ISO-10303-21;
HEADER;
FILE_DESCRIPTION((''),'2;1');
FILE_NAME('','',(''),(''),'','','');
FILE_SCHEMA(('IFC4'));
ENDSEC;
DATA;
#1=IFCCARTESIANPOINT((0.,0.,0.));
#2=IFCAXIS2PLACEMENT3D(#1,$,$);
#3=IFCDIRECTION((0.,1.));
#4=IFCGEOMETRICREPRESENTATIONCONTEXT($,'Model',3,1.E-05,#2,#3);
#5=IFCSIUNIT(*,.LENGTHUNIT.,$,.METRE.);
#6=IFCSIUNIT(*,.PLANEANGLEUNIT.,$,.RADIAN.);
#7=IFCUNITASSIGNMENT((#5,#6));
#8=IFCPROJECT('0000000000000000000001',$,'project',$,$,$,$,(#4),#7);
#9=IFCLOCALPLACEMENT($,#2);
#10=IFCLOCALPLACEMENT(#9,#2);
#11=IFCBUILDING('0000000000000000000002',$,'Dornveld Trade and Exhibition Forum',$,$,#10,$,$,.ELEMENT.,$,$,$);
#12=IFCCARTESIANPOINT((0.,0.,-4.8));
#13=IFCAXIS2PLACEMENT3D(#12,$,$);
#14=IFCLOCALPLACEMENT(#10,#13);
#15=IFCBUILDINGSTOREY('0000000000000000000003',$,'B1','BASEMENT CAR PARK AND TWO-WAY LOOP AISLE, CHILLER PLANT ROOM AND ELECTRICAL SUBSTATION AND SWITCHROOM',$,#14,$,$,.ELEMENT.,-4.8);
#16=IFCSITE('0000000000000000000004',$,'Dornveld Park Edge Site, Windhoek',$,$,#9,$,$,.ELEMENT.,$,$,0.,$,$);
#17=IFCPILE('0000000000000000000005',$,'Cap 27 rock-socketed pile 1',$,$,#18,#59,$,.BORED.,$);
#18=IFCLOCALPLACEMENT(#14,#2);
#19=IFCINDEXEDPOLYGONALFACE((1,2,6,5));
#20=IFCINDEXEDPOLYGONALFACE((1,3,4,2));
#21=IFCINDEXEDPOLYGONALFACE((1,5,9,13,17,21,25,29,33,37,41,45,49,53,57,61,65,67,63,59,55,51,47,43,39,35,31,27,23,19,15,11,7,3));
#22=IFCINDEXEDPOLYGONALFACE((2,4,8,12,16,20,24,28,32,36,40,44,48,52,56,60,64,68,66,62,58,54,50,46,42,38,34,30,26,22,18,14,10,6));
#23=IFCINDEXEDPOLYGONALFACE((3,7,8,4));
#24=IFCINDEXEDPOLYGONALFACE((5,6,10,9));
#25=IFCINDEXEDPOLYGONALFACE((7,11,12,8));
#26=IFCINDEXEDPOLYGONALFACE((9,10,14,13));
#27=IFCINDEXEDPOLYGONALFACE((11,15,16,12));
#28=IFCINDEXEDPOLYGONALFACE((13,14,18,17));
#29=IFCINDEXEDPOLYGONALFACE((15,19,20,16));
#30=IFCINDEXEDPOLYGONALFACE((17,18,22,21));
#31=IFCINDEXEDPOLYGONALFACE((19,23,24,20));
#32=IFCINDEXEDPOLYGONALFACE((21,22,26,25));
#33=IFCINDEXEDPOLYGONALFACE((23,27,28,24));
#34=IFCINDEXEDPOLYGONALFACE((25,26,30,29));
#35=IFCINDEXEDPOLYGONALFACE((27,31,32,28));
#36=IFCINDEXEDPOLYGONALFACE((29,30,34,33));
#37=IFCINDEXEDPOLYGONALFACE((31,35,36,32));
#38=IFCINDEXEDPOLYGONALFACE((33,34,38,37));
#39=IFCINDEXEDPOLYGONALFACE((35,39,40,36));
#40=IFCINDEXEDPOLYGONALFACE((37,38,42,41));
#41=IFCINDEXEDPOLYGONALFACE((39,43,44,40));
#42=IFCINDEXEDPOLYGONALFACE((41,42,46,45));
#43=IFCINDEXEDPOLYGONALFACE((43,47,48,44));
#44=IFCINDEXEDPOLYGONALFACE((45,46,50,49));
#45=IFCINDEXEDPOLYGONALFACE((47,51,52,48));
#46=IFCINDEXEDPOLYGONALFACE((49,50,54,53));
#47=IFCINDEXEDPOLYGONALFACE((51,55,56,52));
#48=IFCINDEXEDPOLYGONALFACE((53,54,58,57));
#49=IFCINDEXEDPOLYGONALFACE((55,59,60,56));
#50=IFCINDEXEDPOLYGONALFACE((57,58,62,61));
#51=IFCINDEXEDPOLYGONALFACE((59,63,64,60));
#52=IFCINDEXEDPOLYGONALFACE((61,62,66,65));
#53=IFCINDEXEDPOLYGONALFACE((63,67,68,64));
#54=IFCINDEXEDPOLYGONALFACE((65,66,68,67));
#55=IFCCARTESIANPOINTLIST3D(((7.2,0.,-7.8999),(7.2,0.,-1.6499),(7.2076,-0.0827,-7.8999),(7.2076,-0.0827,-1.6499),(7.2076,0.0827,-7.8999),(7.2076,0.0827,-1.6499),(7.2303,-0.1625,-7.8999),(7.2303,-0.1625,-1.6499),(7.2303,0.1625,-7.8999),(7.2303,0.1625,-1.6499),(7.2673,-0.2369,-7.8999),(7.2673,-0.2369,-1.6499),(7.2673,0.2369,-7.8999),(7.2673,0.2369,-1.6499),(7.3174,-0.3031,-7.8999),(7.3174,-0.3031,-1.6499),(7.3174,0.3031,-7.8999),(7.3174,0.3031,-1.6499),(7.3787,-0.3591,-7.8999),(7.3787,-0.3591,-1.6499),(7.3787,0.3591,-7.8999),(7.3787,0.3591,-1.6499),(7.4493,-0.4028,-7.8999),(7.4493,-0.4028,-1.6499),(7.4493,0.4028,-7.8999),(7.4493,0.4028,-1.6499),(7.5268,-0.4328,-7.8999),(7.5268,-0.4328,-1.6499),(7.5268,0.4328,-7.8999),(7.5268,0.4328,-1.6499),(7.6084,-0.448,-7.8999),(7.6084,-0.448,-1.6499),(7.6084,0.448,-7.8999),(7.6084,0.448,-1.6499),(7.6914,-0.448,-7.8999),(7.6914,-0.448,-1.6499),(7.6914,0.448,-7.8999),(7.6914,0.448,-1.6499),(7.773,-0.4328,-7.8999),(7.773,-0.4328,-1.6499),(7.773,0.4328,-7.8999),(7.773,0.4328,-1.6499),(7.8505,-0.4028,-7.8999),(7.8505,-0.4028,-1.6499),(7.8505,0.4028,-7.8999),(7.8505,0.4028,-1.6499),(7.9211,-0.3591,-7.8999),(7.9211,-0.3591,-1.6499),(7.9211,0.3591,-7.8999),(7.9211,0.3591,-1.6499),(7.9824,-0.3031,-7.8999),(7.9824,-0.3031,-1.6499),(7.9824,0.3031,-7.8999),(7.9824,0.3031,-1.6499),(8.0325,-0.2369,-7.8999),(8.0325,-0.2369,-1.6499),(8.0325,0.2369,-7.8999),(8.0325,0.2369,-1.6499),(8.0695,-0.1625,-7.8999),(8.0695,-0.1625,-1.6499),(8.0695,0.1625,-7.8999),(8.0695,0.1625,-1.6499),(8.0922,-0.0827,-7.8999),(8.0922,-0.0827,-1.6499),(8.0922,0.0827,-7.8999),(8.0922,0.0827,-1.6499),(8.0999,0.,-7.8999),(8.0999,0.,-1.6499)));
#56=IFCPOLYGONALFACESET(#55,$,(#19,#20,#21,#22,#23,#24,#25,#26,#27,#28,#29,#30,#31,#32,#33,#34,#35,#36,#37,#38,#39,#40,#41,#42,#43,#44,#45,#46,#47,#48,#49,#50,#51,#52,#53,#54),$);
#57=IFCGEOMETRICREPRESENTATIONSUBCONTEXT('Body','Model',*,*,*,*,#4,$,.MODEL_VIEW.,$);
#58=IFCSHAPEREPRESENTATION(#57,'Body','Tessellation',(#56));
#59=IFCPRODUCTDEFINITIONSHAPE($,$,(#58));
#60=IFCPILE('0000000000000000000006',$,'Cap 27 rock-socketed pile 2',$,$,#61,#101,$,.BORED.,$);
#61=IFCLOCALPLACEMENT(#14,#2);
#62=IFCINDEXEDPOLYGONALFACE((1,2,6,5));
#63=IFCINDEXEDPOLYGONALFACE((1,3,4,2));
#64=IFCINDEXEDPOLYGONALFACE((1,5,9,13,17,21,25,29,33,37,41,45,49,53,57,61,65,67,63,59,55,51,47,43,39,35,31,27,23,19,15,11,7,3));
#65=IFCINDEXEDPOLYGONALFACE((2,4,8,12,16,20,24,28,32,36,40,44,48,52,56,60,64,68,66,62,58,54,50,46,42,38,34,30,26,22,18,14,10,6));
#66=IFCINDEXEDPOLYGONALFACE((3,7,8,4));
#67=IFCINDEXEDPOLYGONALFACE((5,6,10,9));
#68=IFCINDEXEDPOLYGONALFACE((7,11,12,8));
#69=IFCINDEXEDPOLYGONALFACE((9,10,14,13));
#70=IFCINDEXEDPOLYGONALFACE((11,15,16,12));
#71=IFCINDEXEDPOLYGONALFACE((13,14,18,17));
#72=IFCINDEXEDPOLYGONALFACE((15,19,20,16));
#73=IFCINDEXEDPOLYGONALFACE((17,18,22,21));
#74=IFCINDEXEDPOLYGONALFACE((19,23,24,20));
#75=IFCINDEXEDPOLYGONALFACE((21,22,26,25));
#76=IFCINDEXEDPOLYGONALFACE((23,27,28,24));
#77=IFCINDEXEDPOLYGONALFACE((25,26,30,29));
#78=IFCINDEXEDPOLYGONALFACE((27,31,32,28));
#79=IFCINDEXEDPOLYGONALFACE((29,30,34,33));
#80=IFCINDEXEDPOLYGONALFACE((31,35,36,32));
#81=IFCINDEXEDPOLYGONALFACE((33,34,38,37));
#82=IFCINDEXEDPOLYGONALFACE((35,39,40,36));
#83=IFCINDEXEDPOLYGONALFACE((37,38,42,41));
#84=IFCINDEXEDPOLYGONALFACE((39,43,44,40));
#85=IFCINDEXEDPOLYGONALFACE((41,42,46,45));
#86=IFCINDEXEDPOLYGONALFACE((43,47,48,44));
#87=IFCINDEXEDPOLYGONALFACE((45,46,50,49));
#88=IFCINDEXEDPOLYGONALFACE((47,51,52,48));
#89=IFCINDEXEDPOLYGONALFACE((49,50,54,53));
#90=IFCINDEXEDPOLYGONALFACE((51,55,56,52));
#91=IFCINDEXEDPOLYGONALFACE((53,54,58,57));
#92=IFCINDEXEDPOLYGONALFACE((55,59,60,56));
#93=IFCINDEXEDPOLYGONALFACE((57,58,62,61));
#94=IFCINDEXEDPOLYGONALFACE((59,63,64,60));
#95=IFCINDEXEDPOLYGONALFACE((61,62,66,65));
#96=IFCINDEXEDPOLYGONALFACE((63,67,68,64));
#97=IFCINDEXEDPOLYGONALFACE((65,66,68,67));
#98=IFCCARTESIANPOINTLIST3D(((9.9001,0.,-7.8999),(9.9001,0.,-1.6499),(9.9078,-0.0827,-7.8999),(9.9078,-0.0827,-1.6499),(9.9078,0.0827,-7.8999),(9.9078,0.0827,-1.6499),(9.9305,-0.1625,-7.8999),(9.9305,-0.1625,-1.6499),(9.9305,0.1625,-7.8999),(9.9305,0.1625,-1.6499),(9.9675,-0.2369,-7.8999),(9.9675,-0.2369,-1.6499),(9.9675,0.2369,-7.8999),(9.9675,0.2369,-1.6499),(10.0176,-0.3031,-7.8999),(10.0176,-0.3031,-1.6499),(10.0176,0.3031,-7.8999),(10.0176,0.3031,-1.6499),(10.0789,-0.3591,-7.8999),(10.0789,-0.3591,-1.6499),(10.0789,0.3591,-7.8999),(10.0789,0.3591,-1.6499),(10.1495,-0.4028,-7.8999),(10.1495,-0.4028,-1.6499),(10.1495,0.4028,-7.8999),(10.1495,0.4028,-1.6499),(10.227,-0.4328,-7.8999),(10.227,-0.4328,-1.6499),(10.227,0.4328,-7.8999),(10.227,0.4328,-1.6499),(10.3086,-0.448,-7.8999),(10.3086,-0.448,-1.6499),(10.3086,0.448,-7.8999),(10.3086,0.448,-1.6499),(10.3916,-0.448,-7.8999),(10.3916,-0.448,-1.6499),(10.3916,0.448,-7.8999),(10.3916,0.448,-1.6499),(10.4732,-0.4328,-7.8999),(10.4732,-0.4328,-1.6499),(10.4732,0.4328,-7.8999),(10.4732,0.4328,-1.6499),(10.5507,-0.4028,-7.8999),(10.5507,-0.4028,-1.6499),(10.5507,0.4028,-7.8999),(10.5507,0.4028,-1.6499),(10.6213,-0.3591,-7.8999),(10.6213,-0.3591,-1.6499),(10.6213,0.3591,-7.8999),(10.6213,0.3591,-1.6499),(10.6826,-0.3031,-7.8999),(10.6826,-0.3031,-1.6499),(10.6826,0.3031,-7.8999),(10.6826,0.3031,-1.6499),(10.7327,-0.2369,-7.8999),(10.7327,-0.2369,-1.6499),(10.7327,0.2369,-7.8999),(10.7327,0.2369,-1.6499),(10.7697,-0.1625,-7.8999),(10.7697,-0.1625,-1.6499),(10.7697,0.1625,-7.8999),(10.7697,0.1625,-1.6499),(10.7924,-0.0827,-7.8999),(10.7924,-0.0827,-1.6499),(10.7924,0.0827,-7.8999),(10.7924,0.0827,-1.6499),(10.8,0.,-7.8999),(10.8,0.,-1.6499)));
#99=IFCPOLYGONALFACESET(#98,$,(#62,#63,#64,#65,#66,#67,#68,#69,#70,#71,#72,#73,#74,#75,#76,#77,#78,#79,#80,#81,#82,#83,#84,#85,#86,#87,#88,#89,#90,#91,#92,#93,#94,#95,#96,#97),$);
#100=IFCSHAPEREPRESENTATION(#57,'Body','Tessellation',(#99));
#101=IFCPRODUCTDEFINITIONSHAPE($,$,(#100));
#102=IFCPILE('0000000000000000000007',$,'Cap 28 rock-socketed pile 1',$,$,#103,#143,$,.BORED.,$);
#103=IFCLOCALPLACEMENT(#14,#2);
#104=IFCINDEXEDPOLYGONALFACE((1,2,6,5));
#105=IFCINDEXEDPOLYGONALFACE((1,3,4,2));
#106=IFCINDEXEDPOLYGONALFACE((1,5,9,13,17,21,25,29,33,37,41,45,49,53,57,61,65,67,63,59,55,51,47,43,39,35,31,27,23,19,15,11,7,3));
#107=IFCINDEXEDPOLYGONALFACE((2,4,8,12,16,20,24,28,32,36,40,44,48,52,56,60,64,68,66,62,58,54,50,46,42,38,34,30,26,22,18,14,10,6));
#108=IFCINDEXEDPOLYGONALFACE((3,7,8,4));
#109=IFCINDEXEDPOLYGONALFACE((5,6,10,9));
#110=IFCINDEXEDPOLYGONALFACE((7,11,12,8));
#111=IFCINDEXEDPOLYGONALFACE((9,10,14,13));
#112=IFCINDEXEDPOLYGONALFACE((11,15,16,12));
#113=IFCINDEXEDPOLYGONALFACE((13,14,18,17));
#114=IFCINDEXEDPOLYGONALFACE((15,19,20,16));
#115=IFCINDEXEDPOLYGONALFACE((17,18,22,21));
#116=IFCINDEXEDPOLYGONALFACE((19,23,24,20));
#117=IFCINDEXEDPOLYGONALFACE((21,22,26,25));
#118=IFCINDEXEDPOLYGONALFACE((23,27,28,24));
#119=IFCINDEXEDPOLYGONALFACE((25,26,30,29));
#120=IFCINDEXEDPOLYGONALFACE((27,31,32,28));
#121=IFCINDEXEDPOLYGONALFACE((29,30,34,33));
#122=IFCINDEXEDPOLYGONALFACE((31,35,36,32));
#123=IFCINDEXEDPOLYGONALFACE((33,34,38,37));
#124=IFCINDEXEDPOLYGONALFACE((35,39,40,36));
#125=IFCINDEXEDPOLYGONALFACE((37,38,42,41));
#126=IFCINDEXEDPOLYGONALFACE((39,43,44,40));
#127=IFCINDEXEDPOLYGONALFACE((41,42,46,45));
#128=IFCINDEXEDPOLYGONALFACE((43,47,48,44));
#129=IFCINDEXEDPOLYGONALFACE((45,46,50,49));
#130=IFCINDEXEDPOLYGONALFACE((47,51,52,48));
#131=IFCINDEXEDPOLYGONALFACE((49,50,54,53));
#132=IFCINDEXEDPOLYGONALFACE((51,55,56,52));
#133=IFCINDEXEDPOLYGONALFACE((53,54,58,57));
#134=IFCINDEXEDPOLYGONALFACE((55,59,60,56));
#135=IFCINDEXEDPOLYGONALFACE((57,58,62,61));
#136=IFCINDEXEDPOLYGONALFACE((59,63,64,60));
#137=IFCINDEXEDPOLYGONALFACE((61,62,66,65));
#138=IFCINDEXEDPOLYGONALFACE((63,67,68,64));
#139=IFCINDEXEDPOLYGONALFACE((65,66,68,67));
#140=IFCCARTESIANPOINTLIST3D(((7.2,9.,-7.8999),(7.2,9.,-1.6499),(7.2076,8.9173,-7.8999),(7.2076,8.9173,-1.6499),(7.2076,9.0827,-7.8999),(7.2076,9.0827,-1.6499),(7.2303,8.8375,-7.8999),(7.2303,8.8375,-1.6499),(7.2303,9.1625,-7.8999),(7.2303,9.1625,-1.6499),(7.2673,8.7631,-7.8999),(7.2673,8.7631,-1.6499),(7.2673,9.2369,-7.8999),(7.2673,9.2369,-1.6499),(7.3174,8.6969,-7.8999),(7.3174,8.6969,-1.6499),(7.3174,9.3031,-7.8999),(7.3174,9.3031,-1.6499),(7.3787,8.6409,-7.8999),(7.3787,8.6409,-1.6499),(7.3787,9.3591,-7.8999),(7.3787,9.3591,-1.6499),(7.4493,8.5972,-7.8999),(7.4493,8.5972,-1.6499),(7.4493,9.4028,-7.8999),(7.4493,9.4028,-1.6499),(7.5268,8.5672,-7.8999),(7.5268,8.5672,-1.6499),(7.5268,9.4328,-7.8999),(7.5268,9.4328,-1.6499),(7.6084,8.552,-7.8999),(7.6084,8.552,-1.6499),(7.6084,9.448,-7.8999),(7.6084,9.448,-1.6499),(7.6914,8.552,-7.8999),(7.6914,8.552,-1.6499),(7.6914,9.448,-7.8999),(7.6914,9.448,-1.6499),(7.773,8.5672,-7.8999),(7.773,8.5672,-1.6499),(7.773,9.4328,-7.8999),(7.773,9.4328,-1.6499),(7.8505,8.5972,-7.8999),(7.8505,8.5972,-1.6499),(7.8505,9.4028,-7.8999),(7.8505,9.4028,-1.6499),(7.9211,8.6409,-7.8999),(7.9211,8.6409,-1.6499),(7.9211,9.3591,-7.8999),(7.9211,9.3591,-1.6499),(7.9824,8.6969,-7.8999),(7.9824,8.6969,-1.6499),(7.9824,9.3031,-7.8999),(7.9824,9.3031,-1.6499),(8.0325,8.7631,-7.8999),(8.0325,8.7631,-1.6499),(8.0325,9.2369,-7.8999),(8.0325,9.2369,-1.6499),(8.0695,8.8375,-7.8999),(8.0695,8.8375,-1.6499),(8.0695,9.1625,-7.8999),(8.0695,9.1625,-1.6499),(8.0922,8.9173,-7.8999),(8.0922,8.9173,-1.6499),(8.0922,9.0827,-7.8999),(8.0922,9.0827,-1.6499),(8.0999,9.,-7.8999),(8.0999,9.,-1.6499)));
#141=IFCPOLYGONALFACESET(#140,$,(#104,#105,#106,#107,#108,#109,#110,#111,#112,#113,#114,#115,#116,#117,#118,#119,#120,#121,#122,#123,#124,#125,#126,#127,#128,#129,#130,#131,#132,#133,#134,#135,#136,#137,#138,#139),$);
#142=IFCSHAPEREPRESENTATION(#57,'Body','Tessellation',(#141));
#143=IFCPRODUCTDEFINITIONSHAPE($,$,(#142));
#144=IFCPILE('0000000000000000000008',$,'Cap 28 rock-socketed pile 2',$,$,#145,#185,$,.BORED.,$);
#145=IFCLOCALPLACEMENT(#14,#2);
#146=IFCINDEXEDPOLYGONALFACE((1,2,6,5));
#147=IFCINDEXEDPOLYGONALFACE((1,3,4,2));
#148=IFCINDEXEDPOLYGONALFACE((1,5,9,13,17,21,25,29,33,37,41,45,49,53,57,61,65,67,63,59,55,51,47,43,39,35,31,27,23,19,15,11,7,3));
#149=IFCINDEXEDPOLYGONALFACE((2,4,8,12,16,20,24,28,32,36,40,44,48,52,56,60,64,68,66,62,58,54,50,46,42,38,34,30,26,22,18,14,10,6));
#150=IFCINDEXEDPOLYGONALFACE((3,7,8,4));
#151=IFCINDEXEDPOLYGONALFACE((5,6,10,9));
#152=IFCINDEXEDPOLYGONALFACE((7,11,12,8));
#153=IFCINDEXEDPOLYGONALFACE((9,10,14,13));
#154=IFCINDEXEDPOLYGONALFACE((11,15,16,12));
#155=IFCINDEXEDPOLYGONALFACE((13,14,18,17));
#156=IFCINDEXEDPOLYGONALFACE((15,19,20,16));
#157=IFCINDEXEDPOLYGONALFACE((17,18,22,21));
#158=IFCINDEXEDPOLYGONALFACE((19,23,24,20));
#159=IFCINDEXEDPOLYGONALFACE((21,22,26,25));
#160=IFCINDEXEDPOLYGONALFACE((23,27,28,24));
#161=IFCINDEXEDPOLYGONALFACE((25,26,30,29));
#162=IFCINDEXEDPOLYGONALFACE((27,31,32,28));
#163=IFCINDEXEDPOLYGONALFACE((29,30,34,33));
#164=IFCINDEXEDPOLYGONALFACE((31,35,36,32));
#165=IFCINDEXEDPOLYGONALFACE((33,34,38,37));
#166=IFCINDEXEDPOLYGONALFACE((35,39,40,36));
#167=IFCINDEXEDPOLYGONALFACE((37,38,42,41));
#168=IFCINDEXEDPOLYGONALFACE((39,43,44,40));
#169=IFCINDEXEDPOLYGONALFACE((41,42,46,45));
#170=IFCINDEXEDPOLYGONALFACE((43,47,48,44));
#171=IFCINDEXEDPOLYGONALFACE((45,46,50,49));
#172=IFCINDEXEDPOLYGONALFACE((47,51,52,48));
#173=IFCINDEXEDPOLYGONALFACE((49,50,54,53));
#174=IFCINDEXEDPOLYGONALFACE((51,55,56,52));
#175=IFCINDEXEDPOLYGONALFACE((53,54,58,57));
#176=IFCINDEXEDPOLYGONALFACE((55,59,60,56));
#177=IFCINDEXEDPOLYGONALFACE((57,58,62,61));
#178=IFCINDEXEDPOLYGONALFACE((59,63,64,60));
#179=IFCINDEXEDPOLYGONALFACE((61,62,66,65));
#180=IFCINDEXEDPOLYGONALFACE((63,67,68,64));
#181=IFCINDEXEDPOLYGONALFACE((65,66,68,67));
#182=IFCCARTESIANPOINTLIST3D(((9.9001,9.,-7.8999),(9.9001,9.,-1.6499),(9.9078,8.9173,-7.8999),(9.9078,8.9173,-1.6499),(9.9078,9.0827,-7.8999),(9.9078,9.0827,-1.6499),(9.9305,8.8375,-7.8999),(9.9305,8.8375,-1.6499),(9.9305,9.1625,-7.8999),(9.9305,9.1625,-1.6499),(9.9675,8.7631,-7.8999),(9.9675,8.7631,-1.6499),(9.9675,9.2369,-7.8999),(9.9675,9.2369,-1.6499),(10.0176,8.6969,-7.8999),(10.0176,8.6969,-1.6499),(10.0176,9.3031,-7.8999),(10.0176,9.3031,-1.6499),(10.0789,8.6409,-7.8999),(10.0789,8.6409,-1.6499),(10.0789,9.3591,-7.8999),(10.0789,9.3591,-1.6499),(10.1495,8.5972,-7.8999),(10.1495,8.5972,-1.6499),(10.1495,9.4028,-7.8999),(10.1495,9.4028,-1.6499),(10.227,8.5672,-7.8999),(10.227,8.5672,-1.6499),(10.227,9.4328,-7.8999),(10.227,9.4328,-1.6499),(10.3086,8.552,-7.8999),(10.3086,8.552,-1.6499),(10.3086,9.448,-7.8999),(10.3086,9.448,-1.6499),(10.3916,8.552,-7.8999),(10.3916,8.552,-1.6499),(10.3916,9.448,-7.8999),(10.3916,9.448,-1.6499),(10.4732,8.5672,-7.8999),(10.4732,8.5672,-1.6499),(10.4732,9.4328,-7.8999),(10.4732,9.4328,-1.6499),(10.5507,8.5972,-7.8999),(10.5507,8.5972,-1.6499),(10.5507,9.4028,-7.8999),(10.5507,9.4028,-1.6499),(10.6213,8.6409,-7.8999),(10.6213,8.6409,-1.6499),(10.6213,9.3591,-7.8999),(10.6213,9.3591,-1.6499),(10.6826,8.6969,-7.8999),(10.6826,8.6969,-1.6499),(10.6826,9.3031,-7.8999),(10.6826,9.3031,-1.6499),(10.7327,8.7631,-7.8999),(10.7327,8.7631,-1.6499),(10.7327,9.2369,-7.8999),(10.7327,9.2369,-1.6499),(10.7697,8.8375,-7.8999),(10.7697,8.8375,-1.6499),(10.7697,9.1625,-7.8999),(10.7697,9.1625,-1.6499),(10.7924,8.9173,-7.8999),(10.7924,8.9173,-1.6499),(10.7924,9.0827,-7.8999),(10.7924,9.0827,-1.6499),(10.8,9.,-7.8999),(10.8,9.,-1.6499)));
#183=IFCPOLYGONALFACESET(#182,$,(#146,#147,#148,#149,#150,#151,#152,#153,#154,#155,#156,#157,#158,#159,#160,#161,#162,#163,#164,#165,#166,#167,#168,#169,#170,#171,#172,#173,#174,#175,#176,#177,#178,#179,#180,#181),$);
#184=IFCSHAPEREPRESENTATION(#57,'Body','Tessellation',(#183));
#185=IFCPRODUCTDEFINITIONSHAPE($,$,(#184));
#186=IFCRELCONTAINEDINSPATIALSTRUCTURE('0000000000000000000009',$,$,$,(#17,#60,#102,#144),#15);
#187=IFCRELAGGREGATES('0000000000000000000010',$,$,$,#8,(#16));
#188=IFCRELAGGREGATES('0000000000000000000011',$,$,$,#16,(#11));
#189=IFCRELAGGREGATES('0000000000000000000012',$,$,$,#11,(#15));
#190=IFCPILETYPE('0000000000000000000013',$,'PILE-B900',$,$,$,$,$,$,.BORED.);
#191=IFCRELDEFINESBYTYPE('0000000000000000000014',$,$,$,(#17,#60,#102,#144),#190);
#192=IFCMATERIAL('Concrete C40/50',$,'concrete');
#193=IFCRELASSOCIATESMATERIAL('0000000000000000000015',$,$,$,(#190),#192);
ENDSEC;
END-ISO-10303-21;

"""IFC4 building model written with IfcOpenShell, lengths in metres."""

from ifc_helpers import new_model, si_unit, direction, frame, origin, origin_2d, place, context, subcontext, project, spatial, circle, extrude, material, material_profile, profile_set, type_object, element, save


model = new_model("IFC4")

# Units and contexts
model_context = context("Model", 3, precision=1e-05, world=origin(), true_north=direction((0.0, 1.0)))
body_context = subcontext(model_context, "Body", "Model", "MODEL_VIEW")
ifc_project = project(units=[si_unit("LENGTHUNIT", "METRE"), si_unit("PLANEANGLEUNIT", "RADIAN")], contexts=[model_context])

# Site, building, storey
site_placement = place(None, origin())
site = spatial("IfcSite", under=ifc_project, at=site_placement, Name="Dornveld Park Edge Site, Windhoek", CompositionType="ELEMENT", RefElevation=0.0)
building_placement = place(site_placement, origin())
building = spatial("IfcBuilding", under=site, at=building_placement, Name="Dornveld Trade and Exhibition Forum", CompositionType="ELEMENT")
storey_placement = place(building_placement, frame((0.0, 0.0, -4.8)))
storey = spatial("IfcBuildingStorey", under=building, at=storey_placement, Name="B1", Description="BASEMENT CAR PARK AND TWO-WAY LOOP AISLE, CHILLER PLANT ROOM AND ELECTRICAL SUBSTATION AND SWITCHROOM", CompositionType="ELEMENT", Elevation=-4.8)

# Piles
ifc_material_1 = material(Name="Concrete C40/50", Category="concrete")
ifc_material_profile_1 = material_profile(ifc_material_1, circle(Radius=0.45, at=origin_2d()), Name="PILE D900")
ifc_profile_set_1 = profile_set([ifc_material_profile_1], Name="Concrete C40/50")
pile_type = type_object("IfcPileType", Name="PILE-B900", PredefinedType="BORED", material=ifc_profile_set_1)
for number, where, z_axis, x_axis, name in (
    (1, (7.6499, 0.0, -1.6499), (0.0, 0.0, -1.0), (1.0, 0.0, 0.0), "Cap 27 rock-socketed pile 1"),
    (2, (10.3501, 0.0, -1.6499), (0.0, 0.0, -1.0), (1.0, 0.0, 0.0), "Cap 27 rock-socketed pile 2"),
    (3, (7.6499, 9.0, -1.6499), (0.0, 0.0, -1.0), (1.0, 0.0, 0.0), "Cap 28 rock-socketed pile 1"),
    (4, (10.3501, 9.0, -1.6499), (0.0, 0.0, -1.0), (1.0, 0.0, 0.0), "Cap 28 rock-socketed pile 2"),
):
    element("IfcPile", number, at=place(storey_placement, frame(where, z_axis=z_axis, x_axis=x_axis)), inside=storey, type_object=pile_type, Name=name, PredefinedType="BORED", context=body_context, shape_type="SweptSolid", body=[
        extrude(circle(Radius=0.45, at=origin_2d()), origin(), (0.0, 0.0, 1.0), 6.25),
    ])

save(model, "model.ifc")
